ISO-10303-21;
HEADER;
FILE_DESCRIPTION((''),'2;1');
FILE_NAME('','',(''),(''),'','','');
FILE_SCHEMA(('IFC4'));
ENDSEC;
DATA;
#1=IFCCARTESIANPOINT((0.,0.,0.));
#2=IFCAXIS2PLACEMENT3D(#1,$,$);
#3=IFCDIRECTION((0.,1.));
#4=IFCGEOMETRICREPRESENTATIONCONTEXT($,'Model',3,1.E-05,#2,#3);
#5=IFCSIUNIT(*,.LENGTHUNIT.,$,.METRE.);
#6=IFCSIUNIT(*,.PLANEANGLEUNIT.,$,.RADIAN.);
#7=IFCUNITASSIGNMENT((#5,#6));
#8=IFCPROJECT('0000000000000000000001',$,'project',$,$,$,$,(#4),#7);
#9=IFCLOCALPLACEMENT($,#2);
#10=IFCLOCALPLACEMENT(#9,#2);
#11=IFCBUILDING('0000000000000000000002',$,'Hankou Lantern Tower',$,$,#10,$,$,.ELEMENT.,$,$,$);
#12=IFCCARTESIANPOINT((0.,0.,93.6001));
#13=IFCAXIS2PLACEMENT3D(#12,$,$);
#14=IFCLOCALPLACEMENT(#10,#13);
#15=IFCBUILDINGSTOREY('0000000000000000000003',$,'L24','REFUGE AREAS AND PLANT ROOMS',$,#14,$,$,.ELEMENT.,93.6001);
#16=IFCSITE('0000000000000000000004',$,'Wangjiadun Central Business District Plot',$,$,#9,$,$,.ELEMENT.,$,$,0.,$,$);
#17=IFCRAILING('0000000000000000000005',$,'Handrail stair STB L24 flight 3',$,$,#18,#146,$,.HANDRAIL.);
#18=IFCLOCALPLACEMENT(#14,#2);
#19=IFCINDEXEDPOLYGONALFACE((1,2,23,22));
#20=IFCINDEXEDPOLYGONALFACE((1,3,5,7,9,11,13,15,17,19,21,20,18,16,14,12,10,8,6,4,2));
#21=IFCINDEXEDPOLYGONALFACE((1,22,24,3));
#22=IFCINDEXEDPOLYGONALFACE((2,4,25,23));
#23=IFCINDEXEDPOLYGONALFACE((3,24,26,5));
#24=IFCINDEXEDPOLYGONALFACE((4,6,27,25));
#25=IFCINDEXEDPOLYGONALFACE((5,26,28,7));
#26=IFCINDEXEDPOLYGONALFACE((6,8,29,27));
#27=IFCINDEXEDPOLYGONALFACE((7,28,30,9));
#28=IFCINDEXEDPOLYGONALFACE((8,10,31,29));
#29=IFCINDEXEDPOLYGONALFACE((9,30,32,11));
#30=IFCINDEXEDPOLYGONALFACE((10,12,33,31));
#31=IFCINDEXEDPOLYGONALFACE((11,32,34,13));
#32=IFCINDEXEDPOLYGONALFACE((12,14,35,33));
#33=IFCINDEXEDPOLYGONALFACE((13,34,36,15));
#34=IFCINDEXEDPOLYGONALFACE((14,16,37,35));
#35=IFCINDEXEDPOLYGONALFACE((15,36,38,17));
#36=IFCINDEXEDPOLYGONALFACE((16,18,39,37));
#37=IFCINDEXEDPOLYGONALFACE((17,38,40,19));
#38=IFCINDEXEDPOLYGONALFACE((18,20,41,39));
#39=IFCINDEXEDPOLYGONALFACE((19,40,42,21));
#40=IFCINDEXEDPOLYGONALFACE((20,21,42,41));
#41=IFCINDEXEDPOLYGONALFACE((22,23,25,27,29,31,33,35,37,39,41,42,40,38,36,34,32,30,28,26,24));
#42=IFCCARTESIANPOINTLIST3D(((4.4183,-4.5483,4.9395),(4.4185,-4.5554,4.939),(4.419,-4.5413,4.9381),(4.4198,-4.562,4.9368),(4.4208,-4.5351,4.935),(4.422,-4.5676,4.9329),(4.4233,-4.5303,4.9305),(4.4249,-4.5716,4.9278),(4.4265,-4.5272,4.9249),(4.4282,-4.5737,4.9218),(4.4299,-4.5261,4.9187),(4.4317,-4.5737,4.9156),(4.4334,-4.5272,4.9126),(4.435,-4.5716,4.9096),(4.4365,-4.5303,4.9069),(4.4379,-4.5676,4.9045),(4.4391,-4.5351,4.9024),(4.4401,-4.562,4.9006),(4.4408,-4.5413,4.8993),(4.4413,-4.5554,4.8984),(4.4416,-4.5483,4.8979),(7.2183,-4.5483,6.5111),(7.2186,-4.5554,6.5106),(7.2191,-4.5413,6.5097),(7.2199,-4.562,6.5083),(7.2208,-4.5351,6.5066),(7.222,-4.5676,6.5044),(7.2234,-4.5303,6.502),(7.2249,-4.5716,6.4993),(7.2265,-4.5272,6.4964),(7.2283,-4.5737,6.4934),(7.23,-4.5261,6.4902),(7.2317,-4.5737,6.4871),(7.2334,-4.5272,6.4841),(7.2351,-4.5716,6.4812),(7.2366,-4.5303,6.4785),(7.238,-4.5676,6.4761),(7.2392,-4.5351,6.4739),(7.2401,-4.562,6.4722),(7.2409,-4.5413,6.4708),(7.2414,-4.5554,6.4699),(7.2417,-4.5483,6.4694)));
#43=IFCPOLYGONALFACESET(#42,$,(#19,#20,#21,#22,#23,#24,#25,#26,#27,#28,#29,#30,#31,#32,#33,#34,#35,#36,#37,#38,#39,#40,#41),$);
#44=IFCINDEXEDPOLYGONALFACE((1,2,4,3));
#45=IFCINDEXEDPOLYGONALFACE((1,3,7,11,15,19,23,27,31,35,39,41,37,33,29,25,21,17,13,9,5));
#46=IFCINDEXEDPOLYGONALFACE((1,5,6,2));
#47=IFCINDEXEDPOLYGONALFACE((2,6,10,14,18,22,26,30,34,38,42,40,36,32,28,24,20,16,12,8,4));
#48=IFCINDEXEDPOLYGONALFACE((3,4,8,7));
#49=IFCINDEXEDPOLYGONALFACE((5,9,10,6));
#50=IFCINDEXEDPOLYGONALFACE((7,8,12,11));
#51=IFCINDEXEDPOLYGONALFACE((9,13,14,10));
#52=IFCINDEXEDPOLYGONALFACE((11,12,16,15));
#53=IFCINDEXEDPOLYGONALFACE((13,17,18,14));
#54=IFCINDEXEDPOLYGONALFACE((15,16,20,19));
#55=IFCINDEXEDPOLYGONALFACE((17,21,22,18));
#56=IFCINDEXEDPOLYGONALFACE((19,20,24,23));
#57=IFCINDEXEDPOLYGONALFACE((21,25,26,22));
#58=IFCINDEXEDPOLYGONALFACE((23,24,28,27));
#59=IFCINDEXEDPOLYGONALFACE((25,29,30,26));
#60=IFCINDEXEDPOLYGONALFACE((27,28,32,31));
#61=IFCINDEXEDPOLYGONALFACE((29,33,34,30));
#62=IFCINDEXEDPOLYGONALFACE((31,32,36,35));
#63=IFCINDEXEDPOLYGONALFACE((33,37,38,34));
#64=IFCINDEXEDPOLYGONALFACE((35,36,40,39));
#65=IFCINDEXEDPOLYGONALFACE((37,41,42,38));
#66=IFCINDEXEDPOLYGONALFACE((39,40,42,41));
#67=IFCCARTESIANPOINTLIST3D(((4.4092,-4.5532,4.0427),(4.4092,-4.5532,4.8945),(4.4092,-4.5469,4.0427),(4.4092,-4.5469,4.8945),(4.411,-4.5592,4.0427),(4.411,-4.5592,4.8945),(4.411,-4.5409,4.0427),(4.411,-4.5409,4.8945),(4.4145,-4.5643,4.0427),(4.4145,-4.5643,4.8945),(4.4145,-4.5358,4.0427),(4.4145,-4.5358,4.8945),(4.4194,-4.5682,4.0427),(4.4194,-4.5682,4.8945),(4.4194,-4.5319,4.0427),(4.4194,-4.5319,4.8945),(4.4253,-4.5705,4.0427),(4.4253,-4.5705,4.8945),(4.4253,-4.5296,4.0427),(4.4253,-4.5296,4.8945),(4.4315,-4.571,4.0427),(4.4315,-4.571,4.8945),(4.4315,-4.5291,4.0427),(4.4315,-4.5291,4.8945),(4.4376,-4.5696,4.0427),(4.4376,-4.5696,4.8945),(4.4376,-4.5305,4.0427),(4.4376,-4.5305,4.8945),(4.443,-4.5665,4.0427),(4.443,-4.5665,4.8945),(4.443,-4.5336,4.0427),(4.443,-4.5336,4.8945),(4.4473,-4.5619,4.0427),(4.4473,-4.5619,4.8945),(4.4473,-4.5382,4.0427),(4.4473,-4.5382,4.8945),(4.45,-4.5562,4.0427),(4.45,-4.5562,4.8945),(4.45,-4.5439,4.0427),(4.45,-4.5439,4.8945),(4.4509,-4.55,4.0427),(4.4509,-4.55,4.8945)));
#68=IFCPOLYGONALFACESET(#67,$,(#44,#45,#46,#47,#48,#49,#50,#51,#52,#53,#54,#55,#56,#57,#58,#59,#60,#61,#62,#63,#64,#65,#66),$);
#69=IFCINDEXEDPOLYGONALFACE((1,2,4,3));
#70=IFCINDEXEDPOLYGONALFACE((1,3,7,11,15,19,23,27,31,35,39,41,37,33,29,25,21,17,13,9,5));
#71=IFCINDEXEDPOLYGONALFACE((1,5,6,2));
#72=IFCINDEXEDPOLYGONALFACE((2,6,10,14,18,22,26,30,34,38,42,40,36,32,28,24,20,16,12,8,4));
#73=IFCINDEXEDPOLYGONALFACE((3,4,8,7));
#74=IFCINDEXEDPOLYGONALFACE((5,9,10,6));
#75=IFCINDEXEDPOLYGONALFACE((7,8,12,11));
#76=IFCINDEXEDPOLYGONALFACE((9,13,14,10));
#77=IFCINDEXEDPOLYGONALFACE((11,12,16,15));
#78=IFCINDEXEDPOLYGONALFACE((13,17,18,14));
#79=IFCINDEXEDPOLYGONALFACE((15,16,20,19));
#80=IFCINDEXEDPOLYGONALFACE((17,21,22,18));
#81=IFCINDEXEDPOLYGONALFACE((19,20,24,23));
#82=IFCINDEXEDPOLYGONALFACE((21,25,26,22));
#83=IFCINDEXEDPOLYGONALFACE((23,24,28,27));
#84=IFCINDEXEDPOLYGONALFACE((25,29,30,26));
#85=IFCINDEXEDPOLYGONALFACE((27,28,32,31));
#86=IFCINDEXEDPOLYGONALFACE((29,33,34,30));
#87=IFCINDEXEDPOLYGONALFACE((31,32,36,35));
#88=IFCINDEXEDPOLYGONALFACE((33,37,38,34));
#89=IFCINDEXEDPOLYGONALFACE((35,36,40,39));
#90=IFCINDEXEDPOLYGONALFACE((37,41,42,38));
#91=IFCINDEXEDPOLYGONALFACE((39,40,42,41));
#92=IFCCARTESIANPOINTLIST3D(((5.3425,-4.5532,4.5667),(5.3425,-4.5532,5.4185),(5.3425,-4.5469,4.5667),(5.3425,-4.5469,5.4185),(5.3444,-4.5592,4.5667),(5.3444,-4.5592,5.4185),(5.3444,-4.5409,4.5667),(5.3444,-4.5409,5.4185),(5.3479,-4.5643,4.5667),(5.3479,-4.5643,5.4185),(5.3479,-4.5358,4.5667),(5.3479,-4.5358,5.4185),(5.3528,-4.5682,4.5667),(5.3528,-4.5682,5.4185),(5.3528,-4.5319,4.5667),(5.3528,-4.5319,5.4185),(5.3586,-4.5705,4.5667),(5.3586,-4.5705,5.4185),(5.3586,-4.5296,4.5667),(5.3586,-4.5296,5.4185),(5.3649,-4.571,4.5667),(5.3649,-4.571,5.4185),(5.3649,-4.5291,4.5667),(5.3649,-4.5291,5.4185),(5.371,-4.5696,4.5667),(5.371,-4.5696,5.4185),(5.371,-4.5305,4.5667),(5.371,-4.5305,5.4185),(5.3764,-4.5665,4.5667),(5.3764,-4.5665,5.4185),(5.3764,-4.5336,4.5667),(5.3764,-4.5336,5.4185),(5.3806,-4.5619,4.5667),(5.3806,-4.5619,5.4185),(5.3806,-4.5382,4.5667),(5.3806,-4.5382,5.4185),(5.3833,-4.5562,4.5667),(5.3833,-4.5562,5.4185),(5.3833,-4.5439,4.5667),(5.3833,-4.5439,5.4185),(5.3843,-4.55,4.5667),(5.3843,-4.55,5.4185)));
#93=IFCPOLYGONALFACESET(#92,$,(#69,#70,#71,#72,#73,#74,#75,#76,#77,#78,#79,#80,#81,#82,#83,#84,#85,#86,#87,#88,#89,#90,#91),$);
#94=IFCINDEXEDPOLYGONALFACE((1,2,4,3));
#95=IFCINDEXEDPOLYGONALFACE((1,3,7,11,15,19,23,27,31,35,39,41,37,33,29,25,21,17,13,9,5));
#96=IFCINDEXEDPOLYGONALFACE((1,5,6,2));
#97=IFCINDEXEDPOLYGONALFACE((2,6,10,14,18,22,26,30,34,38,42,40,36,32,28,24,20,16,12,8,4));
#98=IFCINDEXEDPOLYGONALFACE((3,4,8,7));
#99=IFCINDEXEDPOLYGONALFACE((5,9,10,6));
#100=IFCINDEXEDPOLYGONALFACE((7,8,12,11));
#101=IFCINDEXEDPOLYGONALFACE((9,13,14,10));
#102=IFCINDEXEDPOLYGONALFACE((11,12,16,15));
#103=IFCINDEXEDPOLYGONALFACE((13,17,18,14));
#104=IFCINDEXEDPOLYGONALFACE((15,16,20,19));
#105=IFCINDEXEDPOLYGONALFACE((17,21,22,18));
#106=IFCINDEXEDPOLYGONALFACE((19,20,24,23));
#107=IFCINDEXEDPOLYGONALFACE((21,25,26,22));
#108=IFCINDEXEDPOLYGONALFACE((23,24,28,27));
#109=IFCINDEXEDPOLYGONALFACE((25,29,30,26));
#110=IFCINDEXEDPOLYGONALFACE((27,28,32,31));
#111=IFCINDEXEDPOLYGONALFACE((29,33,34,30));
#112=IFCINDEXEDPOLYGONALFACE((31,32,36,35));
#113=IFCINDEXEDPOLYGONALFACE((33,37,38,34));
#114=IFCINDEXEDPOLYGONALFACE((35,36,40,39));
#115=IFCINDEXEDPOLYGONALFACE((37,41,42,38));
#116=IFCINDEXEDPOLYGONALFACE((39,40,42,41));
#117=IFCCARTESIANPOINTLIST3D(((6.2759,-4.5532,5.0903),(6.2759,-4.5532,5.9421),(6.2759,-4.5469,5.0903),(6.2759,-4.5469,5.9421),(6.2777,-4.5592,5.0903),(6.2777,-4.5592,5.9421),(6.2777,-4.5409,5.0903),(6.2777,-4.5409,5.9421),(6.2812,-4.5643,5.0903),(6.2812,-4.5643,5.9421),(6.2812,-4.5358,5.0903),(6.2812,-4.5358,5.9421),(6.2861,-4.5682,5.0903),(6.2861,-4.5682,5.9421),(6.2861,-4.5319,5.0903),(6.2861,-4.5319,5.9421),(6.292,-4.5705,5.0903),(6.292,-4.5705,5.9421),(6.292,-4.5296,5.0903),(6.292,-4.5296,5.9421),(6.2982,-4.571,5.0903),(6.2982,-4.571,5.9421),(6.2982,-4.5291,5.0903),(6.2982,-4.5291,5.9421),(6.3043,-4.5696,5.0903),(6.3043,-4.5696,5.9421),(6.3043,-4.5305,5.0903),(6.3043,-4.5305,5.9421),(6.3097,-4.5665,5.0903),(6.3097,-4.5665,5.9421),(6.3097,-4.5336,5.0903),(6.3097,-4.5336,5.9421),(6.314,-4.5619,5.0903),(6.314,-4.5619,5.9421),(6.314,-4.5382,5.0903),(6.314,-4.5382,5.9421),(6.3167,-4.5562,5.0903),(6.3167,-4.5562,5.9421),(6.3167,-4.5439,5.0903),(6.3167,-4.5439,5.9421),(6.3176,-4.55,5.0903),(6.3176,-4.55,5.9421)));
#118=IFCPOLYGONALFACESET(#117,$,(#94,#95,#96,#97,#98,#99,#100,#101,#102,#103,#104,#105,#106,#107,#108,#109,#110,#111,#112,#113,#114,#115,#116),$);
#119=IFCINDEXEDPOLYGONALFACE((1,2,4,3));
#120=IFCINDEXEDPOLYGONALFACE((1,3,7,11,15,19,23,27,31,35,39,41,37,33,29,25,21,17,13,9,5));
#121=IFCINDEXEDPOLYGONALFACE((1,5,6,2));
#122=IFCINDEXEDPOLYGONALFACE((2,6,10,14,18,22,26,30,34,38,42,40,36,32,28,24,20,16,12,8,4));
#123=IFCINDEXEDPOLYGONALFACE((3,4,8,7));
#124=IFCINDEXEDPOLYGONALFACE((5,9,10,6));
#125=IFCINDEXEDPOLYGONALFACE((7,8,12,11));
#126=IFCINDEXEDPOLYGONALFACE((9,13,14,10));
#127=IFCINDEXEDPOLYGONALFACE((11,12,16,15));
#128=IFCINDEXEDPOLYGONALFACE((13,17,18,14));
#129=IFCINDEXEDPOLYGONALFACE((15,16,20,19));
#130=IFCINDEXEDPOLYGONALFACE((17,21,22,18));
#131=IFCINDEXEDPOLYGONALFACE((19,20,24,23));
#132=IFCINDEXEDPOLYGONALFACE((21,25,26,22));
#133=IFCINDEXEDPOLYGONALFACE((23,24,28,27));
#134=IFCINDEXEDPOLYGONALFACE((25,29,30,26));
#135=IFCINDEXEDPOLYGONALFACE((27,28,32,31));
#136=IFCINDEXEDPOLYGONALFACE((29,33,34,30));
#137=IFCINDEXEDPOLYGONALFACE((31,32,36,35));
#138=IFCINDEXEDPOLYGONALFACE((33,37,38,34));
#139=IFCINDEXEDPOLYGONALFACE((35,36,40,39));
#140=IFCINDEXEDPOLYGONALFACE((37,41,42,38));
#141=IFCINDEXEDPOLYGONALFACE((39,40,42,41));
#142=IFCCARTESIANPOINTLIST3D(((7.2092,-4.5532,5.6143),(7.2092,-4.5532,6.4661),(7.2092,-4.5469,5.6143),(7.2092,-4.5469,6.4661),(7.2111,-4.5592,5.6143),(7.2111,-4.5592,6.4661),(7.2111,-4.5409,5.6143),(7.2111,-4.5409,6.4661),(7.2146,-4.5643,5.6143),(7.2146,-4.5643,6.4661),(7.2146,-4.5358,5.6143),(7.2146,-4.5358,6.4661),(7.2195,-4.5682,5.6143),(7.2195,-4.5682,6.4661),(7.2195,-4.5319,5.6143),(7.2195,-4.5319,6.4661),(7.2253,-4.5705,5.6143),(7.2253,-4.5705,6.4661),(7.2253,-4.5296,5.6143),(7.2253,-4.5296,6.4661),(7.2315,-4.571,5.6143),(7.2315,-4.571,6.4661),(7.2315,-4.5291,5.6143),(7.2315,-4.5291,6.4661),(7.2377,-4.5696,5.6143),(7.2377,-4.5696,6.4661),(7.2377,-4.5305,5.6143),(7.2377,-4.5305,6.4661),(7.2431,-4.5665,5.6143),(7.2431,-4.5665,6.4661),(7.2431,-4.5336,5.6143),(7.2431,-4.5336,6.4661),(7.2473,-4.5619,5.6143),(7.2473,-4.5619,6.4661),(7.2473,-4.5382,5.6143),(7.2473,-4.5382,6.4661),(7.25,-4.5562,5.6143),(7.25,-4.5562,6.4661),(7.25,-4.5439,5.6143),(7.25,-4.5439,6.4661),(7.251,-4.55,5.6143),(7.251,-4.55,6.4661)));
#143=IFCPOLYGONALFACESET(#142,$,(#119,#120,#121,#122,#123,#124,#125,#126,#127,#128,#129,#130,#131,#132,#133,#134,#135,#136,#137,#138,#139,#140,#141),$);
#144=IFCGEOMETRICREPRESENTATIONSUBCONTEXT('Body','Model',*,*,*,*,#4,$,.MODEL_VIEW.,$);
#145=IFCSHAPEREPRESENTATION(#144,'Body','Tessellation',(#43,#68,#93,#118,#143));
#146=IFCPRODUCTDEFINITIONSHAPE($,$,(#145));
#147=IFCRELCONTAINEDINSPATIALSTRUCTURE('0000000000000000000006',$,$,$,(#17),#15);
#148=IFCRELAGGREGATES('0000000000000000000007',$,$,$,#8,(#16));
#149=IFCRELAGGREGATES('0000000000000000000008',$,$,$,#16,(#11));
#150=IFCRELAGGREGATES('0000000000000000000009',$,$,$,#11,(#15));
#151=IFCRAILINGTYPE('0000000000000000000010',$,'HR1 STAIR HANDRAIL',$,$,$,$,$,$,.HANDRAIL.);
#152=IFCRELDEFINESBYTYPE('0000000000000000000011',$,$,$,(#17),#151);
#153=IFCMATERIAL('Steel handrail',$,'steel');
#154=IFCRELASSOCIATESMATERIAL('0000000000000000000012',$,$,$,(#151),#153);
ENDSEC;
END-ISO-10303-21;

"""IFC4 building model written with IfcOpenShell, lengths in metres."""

from ifc_helpers import new_model, si_unit, direction, frame, origin, origin_2d, place, context, subcontext, project, spatial, circle, extrude, material, type_object, element, save


model = new_model("IFC4")

# Units and contexts
model_context = context("Model", 3, precision=1e-05, world=origin(), true_north=direction((0.0, 1.0)))
body_context = subcontext(model_context, "Body", "Model", "MODEL_VIEW")
ifc_project = project(units=[si_unit("LENGTHUNIT", "METRE"), si_unit("PLANEANGLEUNIT", "RADIAN")], contexts=[model_context])

# Site, building, storey
site_placement = place(None, origin())
site = spatial("IfcSite", under=ifc_project, at=site_placement, Name="Wangjiadun Central Business District Plot", CompositionType="ELEMENT", RefElevation=0.0)
building_placement = place(site_placement, origin())
building = spatial("IfcBuilding", under=site, at=building_placement, Name="Hankou Lantern Tower", CompositionType="ELEMENT")
storey_placement = place(building_placement, frame((0.0, 0.0, 93.6001)))
storey = spatial("IfcBuildingStorey", under=building, at=storey_placement, Name="L24", Description="REFUGE AREAS AND PLANT ROOMS", CompositionType="ELEMENT", Elevation=93.6001)

# Railing
ifc_material_1 = material(Name="Steel handrail", Category="steel")
railing_type = type_object("IfcRailingType", Name="HR1 STAIR HANDRAIL", PredefinedType="HANDRAIL", material=ifc_material_1)
railing_1_placement = place(storey_placement, frame((4.4299, -4.55, 4.0427)))
element("IfcRailing", 1, at=railing_1_placement, inside=storey, type_object=railing_type, Name="Handrail stair STB L24 flight 3", PredefinedType="HANDRAIL", context=body_context, shape_type="SweptSolid", body=[
    extrude(circle(Radius=0.0239, at=origin_2d()), frame((0.0, 0.0, 0.876), z_axis=(0.87204, 0.0, 0.489434), x_axis=(0.0, 1.0, 0.0)), (0.0, 0.0, 1.0), 3.2109),
    extrude(circle(Radius=0.021, at=origin_2d()), origin(), (0.0, 0.0, 1.0), 0.8518),
    extrude(circle(Radius=0.021, at=origin_2d()), frame((0.9333, 0.0, 0.5239)), (0.0, 0.0, 1.0), 0.8518),
    extrude(circle(Radius=0.021, at=origin_2d()), frame((1.8667, 0.0, 1.0476)), (0.0, 0.0, 1.0), 0.8518),
    extrude(circle(Radius=0.021, at=origin_2d()), frame((2.8, 0.0, 1.5715)), (0.0, 0.0, 1.0), 0.8518),
])

save(model, "model.ifc")
